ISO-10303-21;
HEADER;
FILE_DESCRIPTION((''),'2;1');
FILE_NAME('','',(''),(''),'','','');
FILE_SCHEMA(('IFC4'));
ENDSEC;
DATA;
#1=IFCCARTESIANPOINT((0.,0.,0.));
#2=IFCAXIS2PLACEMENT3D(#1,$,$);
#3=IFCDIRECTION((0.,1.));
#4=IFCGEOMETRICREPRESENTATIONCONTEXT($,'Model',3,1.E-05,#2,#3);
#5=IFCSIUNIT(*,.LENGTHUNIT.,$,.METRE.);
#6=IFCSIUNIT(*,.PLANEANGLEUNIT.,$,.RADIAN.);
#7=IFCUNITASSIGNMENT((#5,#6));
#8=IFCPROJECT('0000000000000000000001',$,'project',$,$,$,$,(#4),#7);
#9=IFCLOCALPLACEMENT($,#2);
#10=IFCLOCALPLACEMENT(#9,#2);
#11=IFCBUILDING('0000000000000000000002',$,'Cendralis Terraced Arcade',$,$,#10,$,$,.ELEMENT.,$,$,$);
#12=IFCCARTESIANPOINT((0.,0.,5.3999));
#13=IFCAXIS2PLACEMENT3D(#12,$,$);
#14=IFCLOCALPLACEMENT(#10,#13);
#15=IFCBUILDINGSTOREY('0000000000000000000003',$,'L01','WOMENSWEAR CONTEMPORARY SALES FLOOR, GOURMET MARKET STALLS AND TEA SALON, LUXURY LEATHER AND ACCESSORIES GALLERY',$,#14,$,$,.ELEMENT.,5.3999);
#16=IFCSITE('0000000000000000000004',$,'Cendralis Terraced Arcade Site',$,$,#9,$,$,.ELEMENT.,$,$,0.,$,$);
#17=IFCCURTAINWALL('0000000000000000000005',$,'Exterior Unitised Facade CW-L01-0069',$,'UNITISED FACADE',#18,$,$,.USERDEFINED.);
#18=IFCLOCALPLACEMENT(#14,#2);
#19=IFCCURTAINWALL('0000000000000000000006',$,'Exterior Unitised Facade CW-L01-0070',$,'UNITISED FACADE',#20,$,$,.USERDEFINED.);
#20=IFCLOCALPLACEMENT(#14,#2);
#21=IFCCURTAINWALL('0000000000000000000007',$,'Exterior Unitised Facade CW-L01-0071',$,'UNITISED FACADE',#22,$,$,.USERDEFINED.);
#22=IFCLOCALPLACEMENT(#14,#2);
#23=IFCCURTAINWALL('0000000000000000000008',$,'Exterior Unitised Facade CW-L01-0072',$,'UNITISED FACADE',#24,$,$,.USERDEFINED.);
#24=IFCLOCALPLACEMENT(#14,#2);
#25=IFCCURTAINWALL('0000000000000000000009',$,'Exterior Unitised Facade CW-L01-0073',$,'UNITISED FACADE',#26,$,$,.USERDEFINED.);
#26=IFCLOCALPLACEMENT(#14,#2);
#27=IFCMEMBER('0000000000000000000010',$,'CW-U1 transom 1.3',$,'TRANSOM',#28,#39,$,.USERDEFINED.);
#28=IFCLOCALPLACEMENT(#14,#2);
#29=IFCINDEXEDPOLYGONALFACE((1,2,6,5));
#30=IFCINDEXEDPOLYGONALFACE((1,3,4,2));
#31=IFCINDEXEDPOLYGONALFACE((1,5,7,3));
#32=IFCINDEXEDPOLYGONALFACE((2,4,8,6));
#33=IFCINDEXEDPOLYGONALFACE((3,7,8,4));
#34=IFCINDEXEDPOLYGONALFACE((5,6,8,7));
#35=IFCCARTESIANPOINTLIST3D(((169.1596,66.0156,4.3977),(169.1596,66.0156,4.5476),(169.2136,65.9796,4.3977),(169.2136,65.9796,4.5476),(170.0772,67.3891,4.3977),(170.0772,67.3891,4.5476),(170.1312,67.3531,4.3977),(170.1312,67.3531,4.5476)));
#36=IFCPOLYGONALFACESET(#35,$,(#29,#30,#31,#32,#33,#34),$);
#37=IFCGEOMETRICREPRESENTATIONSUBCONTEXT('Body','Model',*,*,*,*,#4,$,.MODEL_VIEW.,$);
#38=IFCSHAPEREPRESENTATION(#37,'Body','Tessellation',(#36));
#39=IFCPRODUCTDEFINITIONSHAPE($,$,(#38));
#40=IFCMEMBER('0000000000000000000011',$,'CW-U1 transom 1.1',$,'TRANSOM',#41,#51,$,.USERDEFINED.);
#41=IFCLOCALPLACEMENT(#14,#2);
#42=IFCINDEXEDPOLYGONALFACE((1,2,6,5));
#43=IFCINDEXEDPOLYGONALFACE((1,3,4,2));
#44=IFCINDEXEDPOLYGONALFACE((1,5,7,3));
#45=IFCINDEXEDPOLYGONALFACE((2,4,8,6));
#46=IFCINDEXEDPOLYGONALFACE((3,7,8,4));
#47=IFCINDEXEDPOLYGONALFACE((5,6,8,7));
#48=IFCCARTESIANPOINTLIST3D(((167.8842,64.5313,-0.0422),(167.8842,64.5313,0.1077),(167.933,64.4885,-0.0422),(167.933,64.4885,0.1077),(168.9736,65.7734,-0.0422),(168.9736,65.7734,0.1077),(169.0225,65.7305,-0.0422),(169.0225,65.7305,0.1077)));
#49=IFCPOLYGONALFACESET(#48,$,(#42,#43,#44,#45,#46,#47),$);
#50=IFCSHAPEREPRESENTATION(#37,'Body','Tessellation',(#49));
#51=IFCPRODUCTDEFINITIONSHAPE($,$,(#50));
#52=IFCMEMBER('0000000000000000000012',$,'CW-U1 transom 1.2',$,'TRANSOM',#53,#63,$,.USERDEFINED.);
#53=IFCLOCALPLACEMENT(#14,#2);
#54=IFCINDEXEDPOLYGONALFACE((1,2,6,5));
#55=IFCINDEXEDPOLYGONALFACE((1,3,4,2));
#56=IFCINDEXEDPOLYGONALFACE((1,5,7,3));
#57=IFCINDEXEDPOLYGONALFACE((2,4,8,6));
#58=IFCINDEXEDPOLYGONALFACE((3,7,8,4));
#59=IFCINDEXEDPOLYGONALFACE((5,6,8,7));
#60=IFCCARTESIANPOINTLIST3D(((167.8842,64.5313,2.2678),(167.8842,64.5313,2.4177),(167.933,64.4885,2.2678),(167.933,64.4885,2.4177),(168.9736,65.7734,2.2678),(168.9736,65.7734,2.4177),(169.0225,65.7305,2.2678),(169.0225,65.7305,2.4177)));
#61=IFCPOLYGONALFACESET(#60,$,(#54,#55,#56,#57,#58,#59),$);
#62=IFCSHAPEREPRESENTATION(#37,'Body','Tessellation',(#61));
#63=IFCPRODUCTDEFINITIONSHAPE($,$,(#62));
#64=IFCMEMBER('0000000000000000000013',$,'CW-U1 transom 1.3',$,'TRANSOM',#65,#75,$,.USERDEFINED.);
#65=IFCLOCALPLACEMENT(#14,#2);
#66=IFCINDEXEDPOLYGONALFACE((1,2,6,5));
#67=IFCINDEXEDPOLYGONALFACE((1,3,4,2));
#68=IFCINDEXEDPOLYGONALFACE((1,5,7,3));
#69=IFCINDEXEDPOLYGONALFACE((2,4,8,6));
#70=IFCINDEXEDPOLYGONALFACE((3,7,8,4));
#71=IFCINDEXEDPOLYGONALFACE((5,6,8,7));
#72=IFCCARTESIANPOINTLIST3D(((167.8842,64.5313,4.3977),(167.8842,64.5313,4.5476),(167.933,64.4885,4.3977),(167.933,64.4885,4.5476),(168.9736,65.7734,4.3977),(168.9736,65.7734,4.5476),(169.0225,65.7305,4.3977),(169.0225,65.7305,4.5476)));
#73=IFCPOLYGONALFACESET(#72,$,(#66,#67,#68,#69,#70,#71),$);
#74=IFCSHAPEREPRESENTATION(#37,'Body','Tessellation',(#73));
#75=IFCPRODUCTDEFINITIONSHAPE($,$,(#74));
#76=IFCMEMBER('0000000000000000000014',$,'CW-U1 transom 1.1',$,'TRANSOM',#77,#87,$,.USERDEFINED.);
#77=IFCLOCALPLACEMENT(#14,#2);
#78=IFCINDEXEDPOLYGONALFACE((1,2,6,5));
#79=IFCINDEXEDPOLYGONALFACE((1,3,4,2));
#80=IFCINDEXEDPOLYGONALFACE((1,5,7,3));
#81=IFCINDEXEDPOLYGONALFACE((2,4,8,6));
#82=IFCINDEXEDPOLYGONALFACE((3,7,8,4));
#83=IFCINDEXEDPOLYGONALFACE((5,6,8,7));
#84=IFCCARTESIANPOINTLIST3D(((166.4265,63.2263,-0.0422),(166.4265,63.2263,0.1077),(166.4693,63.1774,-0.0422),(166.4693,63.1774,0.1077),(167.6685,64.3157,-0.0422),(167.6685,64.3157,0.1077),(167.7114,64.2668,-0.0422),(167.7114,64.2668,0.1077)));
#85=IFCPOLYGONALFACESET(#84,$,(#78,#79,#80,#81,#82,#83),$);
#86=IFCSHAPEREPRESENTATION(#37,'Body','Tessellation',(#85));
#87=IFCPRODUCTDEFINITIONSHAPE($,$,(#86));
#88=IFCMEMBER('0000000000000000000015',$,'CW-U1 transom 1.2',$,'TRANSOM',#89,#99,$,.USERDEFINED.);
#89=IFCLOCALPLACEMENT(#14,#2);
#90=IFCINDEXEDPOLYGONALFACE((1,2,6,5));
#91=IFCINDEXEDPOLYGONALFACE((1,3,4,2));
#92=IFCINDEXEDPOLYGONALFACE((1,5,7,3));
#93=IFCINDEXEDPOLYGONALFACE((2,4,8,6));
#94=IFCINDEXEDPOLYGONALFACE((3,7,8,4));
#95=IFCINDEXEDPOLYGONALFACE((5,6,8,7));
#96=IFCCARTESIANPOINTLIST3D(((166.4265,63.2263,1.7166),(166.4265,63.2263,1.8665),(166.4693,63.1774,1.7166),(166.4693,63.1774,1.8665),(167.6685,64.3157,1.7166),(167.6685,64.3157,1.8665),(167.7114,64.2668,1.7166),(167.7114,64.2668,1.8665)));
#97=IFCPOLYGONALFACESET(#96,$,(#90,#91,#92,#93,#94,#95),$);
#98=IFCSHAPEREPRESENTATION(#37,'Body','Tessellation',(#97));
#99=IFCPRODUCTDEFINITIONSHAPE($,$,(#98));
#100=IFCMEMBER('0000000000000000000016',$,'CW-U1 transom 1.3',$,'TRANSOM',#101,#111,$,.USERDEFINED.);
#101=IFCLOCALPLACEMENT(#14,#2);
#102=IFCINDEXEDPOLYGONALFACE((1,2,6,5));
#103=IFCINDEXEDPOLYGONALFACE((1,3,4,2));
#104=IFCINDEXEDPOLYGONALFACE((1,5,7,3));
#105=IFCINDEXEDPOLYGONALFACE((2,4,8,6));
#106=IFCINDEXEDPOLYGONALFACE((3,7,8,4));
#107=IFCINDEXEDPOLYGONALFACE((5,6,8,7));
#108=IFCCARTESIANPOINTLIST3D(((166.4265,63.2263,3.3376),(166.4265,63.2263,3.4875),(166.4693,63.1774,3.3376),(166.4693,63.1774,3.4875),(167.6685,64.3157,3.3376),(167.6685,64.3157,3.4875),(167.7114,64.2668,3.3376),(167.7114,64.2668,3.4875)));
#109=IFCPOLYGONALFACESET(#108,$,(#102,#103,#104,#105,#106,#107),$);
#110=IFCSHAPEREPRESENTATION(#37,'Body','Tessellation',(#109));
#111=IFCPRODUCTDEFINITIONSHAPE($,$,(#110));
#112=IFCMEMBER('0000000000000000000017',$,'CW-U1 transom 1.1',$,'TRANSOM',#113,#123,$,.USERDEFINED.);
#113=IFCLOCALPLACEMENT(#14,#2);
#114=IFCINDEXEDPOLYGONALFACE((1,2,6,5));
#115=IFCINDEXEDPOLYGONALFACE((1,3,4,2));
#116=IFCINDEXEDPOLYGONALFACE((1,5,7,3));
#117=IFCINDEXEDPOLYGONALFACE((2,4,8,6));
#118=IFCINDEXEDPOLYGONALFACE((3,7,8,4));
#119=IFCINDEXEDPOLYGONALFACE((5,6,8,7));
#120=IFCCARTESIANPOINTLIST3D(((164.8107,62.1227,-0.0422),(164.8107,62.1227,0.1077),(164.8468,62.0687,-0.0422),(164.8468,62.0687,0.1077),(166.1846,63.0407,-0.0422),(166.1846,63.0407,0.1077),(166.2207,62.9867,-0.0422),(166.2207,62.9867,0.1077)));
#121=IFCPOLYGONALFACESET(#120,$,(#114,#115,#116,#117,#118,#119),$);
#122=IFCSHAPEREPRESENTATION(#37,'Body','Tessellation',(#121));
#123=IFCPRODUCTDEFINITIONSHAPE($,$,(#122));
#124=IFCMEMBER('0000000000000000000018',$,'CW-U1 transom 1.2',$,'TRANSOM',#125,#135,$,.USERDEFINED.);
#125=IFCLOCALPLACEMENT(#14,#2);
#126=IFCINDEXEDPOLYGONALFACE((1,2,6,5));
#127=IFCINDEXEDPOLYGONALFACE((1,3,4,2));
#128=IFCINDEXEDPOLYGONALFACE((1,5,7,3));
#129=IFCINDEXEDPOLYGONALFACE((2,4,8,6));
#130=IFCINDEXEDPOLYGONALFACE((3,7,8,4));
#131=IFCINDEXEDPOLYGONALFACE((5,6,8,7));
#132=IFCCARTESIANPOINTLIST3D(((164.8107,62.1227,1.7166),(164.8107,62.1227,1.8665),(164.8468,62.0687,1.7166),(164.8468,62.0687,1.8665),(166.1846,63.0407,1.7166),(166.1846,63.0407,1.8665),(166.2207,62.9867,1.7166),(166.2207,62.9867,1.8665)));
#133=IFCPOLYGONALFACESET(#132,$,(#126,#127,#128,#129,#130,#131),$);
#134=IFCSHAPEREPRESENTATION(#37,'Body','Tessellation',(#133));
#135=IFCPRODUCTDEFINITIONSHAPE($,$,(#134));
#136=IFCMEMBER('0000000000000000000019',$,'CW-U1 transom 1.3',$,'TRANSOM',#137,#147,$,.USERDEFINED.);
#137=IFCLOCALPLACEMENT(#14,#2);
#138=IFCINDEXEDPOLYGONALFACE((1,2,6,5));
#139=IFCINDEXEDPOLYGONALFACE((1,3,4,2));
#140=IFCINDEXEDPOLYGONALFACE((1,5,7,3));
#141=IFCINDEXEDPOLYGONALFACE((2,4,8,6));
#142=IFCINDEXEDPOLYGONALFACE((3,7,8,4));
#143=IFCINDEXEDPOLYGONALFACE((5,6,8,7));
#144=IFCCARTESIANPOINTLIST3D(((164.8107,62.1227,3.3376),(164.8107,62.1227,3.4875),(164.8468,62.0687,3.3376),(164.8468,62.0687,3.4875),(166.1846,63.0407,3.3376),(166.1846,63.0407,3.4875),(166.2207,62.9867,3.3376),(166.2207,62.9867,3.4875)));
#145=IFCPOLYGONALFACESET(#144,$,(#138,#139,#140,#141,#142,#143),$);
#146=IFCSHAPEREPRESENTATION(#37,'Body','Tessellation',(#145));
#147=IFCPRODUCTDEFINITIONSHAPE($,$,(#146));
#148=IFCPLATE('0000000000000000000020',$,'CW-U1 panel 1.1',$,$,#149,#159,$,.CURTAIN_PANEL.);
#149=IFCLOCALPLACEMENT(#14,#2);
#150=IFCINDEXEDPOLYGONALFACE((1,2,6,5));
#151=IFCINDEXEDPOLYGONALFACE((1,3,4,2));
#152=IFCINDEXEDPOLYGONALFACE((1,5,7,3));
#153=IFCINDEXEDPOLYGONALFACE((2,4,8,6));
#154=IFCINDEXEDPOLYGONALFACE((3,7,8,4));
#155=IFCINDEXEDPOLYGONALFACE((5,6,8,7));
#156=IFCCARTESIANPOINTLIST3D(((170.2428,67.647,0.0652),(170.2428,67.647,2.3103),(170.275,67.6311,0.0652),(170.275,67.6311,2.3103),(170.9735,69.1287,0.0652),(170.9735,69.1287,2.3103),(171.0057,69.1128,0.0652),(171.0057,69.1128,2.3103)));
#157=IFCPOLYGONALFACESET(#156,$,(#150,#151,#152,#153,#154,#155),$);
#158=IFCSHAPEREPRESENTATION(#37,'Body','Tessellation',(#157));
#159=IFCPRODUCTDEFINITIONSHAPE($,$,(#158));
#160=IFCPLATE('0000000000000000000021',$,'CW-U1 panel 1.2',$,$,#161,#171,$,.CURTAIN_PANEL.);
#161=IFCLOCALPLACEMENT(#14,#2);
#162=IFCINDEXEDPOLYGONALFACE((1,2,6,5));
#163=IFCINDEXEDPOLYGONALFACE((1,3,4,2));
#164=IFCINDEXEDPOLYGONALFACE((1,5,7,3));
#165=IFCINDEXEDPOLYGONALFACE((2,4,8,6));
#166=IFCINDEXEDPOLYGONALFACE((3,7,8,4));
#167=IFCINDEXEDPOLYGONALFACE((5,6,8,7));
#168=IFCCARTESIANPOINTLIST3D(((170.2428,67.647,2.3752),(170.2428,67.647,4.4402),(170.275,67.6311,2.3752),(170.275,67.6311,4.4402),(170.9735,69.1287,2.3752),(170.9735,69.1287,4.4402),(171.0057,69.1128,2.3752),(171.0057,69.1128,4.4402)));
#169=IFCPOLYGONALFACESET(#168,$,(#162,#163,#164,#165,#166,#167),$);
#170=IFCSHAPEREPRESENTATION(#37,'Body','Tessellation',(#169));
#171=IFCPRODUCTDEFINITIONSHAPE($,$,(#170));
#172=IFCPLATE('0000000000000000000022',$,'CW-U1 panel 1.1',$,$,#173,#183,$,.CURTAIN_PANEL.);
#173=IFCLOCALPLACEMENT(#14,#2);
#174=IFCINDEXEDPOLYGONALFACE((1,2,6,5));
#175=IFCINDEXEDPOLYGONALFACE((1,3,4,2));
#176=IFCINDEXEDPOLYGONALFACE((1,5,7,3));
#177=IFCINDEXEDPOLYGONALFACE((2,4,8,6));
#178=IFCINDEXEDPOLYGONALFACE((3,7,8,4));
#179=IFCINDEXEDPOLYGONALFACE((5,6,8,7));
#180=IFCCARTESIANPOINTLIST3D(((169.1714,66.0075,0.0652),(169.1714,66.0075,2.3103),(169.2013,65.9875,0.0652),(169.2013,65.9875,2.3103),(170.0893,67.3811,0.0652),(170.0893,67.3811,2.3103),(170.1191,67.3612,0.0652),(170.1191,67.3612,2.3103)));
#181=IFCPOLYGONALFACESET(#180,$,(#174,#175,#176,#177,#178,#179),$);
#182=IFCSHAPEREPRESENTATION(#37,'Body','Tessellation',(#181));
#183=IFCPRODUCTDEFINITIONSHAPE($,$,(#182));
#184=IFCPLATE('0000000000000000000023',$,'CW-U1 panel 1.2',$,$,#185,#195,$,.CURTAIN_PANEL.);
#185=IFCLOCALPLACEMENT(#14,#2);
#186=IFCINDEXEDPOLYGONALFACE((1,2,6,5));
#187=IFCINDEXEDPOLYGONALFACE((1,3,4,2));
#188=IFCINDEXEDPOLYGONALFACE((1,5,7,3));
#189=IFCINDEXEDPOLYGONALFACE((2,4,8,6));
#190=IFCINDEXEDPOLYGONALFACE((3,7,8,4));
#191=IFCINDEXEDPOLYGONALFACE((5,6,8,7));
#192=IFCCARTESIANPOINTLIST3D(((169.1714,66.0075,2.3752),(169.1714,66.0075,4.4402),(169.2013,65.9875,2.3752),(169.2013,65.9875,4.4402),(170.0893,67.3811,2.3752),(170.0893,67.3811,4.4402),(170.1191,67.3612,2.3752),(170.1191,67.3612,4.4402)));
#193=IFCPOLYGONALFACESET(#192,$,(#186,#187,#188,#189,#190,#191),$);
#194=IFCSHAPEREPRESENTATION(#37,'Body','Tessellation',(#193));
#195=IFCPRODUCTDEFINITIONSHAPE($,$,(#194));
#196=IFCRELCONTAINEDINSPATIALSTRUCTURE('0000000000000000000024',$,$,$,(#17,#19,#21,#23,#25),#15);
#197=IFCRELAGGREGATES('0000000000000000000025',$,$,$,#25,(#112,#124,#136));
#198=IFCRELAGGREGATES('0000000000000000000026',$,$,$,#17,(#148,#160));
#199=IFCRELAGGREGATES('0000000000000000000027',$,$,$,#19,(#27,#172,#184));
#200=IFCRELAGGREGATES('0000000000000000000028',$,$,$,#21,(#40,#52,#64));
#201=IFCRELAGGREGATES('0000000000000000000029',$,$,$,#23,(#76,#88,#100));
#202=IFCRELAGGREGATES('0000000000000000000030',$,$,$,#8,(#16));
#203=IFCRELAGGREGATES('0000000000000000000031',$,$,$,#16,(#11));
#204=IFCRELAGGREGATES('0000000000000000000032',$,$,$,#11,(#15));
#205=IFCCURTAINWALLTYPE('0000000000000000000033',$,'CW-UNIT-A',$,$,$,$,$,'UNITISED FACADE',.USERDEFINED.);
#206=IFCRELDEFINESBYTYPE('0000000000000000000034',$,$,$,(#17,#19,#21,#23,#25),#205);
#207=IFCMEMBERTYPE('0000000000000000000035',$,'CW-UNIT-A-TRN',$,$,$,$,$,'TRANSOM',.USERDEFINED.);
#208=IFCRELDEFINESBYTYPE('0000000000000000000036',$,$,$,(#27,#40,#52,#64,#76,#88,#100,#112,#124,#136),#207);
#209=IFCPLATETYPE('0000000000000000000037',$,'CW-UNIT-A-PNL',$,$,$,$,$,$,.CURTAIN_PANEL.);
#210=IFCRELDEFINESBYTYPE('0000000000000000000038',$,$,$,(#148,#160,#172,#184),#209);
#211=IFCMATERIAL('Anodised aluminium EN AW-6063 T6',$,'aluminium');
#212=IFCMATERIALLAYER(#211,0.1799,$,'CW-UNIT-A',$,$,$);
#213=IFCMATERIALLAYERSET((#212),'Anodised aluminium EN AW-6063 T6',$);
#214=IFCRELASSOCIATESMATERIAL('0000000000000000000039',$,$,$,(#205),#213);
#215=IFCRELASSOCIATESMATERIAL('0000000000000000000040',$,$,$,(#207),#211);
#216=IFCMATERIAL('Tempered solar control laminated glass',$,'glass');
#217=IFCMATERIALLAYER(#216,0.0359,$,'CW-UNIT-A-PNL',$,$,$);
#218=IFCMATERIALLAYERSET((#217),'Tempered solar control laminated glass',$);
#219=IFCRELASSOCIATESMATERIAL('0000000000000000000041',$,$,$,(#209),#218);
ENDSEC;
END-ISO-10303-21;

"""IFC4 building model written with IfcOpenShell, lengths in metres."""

from ifc_helpers import new_model, si_unit, direction, frame, origin, origin_2d, place, context, subcontext, project, spatial, rectangle, extrude, material, layer, layer_set, material_profile, profile_set, type_object, element, aggregate, save


model = new_model("IFC4")

# Units and contexts
model_context = context("Model", 3, precision=1e-05, world=origin(), true_north=direction((0.0, 1.0)))
body_context = subcontext(model_context, "Body", "Model", "MODEL_VIEW")
ifc_project = project(units=[si_unit("LENGTHUNIT", "METRE"), si_unit("PLANEANGLEUNIT", "RADIAN")], contexts=[model_context])

# Site, building, storey
site_placement = place(None, origin())
site = spatial("IfcSite", under=ifc_project, at=site_placement, Name="Cendralis Terraced Arcade Site", CompositionType="ELEMENT", RefElevation=0.0)
building_placement = place(site_placement, origin())
building = spatial("IfcBuilding", under=site, at=building_placement, Name="Cendralis Terraced Arcade", CompositionType="ELEMENT")
storey_placement = place(building_placement, frame((0.0, 0.0, 5.3999)))
storey = spatial("IfcBuildingStorey", under=building, at=storey_placement, Name="L01", Description="WOMENSWEAR CONTEMPORARY SALES FLOOR, GOURMET MARKET STALLS AND TEA SALON, LUXURY LEATHER AND ACCESSORIES GALLERY", CompositionType="ELEMENT", Elevation=5.3999)

# Shared definitions
ifc_material_1 = material(Name="Anodised aluminium EN AW-6063 T6", Category="aluminium")
ifc_layer_1 = layer(ifc_material_1, 0.1799, Name="CW-UNIT-A")
ifc_layer_set_1 = layer_set([ifc_layer_1], Name="Anodised aluminium EN AW-6063 T6")
curtain_wall_type = type_object("IfcCurtainWallType", Name="CW-UNIT-A", ElementType="UNITISED FACADE", PredefinedType="USERDEFINED", material=ifc_layer_set_1)

# Curtain walls
curtain_wall_1_placement = place(storey_placement, origin())
curtain_wall_1 = element("IfcCurtainWall", 1, at=curtain_wall_1_placement, inside=storey, type_object=curtain_wall_type, Name="Exterior Unitised Facade CW-L01-0069", ObjectType="UNITISED FACADE", PredefinedType="USERDEFINED")
curtain_wall_2_placement = place(storey_placement, origin())
curtain_wall_2 = element("IfcCurtainWall", 2, at=curtain_wall_2_placement, inside=storey, type_object=curtain_wall_type, Name="Exterior Unitised Facade CW-L01-0070", ObjectType="UNITISED FACADE", PredefinedType="USERDEFINED")
curtain_wall_3_placement = place(storey_placement, origin())
curtain_wall_3 = element("IfcCurtainWall", 3, at=curtain_wall_3_placement, inside=storey, type_object=curtain_wall_type, Name="Exterior Unitised Facade CW-L01-0071", ObjectType="UNITISED FACADE", PredefinedType="USERDEFINED")
curtain_wall_4_placement = place(storey_placement, origin())
curtain_wall_4 = element("IfcCurtainWall", 4, at=curtain_wall_4_placement, inside=storey, type_object=curtain_wall_type, Name="Exterior Unitised Facade CW-L01-0072", ObjectType="UNITISED FACADE", PredefinedType="USERDEFINED")

# Curtain wall
curtain_wall_5_placement = place(storey_placement, origin())
curtain_wall_5 = element("IfcCurtainWall", 5, at=curtain_wall_5_placement, inside=storey, type_object=curtain_wall_type, Name="Exterior Unitised Facade CW-L01-0073", ObjectType="UNITISED FACADE", PredefinedType="USERDEFINED")

# Members
ifc_material_profile_1 = material_profile(ifc_material_1, rectangle(XDim=0.0649, YDim=0.1499, at=origin_2d()), Name="ALU-TRN-65x150")
ifc_profile_set_1 = profile_set([ifc_material_profile_1], Name="Anodised aluminium EN AW-6063 T6")
member_type_1 = type_object("IfcMemberType", Name="CW-UNIT-A-TRN", ElementType="TRANSOM", PredefinedType="USERDEFINED", material=ifc_profile_set_1)
member_1_placement = place(storey_placement, frame((170.1042, 67.3711, 4.4727), z_axis=(-0.555553, -0.831481, 0.0), x_axis=(0.831481, -0.555553, 0.0)))
member_1 = element("IfcMember", 6, at=member_1_placement, type_object=member_type_1, Name="CW-U1 transom 1.3", ObjectType="TRANSOM", PredefinedType="USERDEFINED", context=body_context, shape_type="SweptSolid", body=[
    extrude(rectangle(XDim=0.0649, YDim=0.1499, at=origin_2d()), origin(), (0.0, 0.0, 1.0), 1.6519),
])
member_2_placement = place(storey_placement, frame((168.998, 65.752, 0.0327), z_axis=(-0.659414, -0.75178, 0.0), x_axis=(0.75178, -0.659414, 0.0)))
member_2 = element("IfcMember", 7, at=member_2_placement, type_object=member_type_1, Name="CW-U1 transom 1.1", ObjectType="TRANSOM", PredefinedType="USERDEFINED", context=body_context, shape_type="SweptSolid", body=[
    extrude(rectangle(XDim=0.0649, YDim=0.1499, at=origin_2d()), origin(), (0.0, 0.0, 1.0), 1.6521),
])
member_3_placement = place(storey_placement, frame((168.998, 65.752, 2.3428), z_axis=(-0.659414, -0.75178, 0.0), x_axis=(0.75178, -0.659414, 0.0)))
member_3 = element("IfcMember", 8, at=member_3_placement, type_object=member_type_1, Name="CW-U1 transom 1.2", ObjectType="TRANSOM", PredefinedType="USERDEFINED", context=body_context, shape_type="SweptSolid", body=[
    extrude(rectangle(XDim=0.0649, YDim=0.1499, at=origin_2d()), origin(), (0.0, 0.0, 1.0), 1.6521),
])
member_4_placement = place(storey_placement, frame((168.998, 65.752, 4.4727), z_axis=(-0.659414, -0.75178, 0.0), x_axis=(0.75178, -0.659414, 0.0)))
member_4 = element("IfcMember", 9, at=member_4_placement, type_object=member_type_1, Name="CW-U1 transom 1.3", ObjectType="TRANSOM", PredefinedType="USERDEFINED", context=body_context, shape_type="SweptSolid", body=[
    extrude(rectangle(XDim=0.0649, YDim=0.1499, at=origin_2d()), origin(), (0.0, 0.0, 1.0), 1.6521),
])
member_5_placement = place(storey_placement, frame((167.6899, 64.2913, 0.0327), z_axis=(-0.75178, -0.659414, 0.0), x_axis=(0.659414, -0.75178, 0.0)))
member_5 = element("IfcMember", 10, at=member_5_placement, type_object=member_type_1, Name="CW-U1 transom 1.1", ObjectType="TRANSOM", PredefinedType="USERDEFINED", context=body_context, shape_type="SweptSolid", body=[
    extrude(rectangle(XDim=0.0649, YDim=0.1499, at=origin_2d()), origin(), (0.0, 0.0, 1.0), 1.6521),
])
member_6_placement = place(storey_placement, frame((167.6899, 64.2913, 1.7915), z_axis=(-0.75178, -0.659414, 0.0), x_axis=(0.659414, -0.75178, 0.0)))
member_6 = element("IfcMember", 11, at=member_6_placement, type_object=member_type_1, Name="CW-U1 transom 1.2", ObjectType="TRANSOM", PredefinedType="USERDEFINED", context=body_context, shape_type="SweptSolid", body=[
    extrude(rectangle(XDim=0.0649, YDim=0.1499, at=origin_2d()), origin(), (0.0, 0.0, 1.0), 1.6521),
])
member_7_placement = place(storey_placement, frame((167.6899, 64.2913, 3.4126), z_axis=(-0.75178, -0.659414, 0.0), x_axis=(0.659414, -0.75178, 0.0)))
member_7 = element("IfcMember", 12, at=member_7_placement, type_object=member_type_1, Name="CW-U1 transom 1.3", ObjectType="TRANSOM", PredefinedType="USERDEFINED", context=body_context, shape_type="SweptSolid", body=[
    extrude(rectangle(XDim=0.0649, YDim=0.1499, at=origin_2d()), origin(), (0.0, 0.0, 1.0), 1.6521),
])
member_8_placement = place(storey_placement, frame((166.2026, 63.0137, 0.0327), z_axis=(-0.831459, -0.555586, 0.0), x_axis=(0.555586, -0.831459, 0.0)))
member_8 = element("IfcMember", 13, at=member_8_placement, type_object=member_type_1, Name="CW-U1 transom 1.1", ObjectType="TRANSOM", PredefinedType="USERDEFINED", context=body_context, shape_type="SweptSolid", body=[
    extrude(rectangle(XDim=0.0649, YDim=0.1499, at=origin_2d()), origin(), (0.0, 0.0, 1.0), 1.6523),
])
member_9_placement = place(storey_placement, frame((166.2026, 63.0137, 1.7915), z_axis=(-0.831459, -0.555586, 0.0), x_axis=(0.555586, -0.831459, 0.0)))
member_9 = element("IfcMember", 14, at=member_9_placement, type_object=member_type_1, Name="CW-U1 transom 1.2", ObjectType="TRANSOM", PredefinedType="USERDEFINED", context=body_context, shape_type="SweptSolid", body=[
    extrude(rectangle(XDim=0.0649, YDim=0.1499, at=origin_2d()), origin(), (0.0, 0.0, 1.0), 1.6523),
])
member_10_placement = place(storey_placement, frame((166.2026, 63.0137, 3.4126), z_axis=(-0.831459, -0.555586, 0.0), x_axis=(0.555586, -0.831459, 0.0)))
member_10 = element("IfcMember", 15, at=member_10_placement, type_object=member_type_1, Name="CW-U1 transom 1.3", ObjectType="TRANSOM", PredefinedType="USERDEFINED", context=body_context, shape_type="SweptSolid", body=[
    extrude(rectangle(XDim=0.0649, YDim=0.1499, at=origin_2d()), origin(), (0.0, 0.0, 1.0), 1.6523),
])
aggregate(curtain_wall_5, [member_8, member_9, member_10])

# Plates
ifc_material_2 = material(Name="Tempered solar control laminated glass", Category="glass")
ifc_layer_2 = layer(ifc_material_2, 0.0359, Name="CW-UNIT-A-PNL")
ifc_layer_set_2 = layer_set([ifc_layer_2], Name="Tempered solar control laminated glass")
plate_type = type_object("IfcPlateType", Name="CW-UNIT-A-PNL", PredefinedType="CURTAIN_PANEL", material=ifc_layer_set_2)
plate_1_placement = place(storey_placement, frame((170.6243, 68.3799, 0.0652), z_axis=(0.0, 0.0, 1.0), x_axis=(-0.442291, -0.896871, 0.0)))
plate_1 = element("IfcPlate", 16, at=plate_1_placement, type_object=plate_type, Name="CW-U1 panel 1.1", PredefinedType="CURTAIN_PANEL", context=body_context, shape_type="SweptSolid", body=[
    extrude(rectangle(XDim=1.6521, YDim=0.0359, at=origin_2d()), origin(), (0.0, 0.0, 1.0), 2.2451),
])
plate_2_placement = place(storey_placement, frame((170.6243, 68.3799, 2.3752), z_axis=(0.0, 0.0, 1.0), x_axis=(-0.442291, -0.896871, 0.0)))
plate_2 = element("IfcPlate", 17, at=plate_2_placement, type_object=plate_type, Name="CW-U1 panel 1.2", PredefinedType="CURTAIN_PANEL", context=body_context, shape_type="SweptSolid", body=[
    extrude(rectangle(XDim=1.6521, YDim=0.0359, at=origin_2d()), origin(), (0.0, 0.0, 1.0), 2.0649),
])
aggregate(curtain_wall_1, [plate_1, plate_2])
plate_3_placement = place(storey_placement, frame((169.6453, 66.6843, 0.0652), z_axis=(0.0, 0.0, 1.0), x_axis=(-0.555567, -0.831471, 0.0)))
plate_3 = element("IfcPlate", 18, at=plate_3_placement, type_object=plate_type, Name="CW-U1 panel 1.1", PredefinedType="CURTAIN_PANEL", context=body_context, shape_type="SweptSolid", body=[
    extrude(rectangle(XDim=1.6521, YDim=0.0359, at=origin_2d()), origin(), (0.0, 0.0, 1.0), 2.2451),
])
plate_4_placement = place(storey_placement, frame((169.6453, 66.6843, 2.3752), z_axis=(0.0, 0.0, 1.0), x_axis=(-0.555567, -0.831471, 0.0)))
plate_4 = element("IfcPlate", 19, at=plate_4_placement, type_object=plate_type, Name="CW-U1 panel 1.2", PredefinedType="CURTAIN_PANEL", context=body_context, shape_type="SweptSolid", body=[
    extrude(rectangle(XDim=1.6521, YDim=0.0359, at=origin_2d()), origin(), (0.0, 0.0, 1.0), 2.0649),
])
aggregate(curtain_wall_2, [member_1, plate_3, plate_4])
aggregate(curtain_wall_3, [member_2, member_3, member_4])
aggregate(curtain_wall_4, [member_5, member_6, member_7])

save(model, "model.ifc")
